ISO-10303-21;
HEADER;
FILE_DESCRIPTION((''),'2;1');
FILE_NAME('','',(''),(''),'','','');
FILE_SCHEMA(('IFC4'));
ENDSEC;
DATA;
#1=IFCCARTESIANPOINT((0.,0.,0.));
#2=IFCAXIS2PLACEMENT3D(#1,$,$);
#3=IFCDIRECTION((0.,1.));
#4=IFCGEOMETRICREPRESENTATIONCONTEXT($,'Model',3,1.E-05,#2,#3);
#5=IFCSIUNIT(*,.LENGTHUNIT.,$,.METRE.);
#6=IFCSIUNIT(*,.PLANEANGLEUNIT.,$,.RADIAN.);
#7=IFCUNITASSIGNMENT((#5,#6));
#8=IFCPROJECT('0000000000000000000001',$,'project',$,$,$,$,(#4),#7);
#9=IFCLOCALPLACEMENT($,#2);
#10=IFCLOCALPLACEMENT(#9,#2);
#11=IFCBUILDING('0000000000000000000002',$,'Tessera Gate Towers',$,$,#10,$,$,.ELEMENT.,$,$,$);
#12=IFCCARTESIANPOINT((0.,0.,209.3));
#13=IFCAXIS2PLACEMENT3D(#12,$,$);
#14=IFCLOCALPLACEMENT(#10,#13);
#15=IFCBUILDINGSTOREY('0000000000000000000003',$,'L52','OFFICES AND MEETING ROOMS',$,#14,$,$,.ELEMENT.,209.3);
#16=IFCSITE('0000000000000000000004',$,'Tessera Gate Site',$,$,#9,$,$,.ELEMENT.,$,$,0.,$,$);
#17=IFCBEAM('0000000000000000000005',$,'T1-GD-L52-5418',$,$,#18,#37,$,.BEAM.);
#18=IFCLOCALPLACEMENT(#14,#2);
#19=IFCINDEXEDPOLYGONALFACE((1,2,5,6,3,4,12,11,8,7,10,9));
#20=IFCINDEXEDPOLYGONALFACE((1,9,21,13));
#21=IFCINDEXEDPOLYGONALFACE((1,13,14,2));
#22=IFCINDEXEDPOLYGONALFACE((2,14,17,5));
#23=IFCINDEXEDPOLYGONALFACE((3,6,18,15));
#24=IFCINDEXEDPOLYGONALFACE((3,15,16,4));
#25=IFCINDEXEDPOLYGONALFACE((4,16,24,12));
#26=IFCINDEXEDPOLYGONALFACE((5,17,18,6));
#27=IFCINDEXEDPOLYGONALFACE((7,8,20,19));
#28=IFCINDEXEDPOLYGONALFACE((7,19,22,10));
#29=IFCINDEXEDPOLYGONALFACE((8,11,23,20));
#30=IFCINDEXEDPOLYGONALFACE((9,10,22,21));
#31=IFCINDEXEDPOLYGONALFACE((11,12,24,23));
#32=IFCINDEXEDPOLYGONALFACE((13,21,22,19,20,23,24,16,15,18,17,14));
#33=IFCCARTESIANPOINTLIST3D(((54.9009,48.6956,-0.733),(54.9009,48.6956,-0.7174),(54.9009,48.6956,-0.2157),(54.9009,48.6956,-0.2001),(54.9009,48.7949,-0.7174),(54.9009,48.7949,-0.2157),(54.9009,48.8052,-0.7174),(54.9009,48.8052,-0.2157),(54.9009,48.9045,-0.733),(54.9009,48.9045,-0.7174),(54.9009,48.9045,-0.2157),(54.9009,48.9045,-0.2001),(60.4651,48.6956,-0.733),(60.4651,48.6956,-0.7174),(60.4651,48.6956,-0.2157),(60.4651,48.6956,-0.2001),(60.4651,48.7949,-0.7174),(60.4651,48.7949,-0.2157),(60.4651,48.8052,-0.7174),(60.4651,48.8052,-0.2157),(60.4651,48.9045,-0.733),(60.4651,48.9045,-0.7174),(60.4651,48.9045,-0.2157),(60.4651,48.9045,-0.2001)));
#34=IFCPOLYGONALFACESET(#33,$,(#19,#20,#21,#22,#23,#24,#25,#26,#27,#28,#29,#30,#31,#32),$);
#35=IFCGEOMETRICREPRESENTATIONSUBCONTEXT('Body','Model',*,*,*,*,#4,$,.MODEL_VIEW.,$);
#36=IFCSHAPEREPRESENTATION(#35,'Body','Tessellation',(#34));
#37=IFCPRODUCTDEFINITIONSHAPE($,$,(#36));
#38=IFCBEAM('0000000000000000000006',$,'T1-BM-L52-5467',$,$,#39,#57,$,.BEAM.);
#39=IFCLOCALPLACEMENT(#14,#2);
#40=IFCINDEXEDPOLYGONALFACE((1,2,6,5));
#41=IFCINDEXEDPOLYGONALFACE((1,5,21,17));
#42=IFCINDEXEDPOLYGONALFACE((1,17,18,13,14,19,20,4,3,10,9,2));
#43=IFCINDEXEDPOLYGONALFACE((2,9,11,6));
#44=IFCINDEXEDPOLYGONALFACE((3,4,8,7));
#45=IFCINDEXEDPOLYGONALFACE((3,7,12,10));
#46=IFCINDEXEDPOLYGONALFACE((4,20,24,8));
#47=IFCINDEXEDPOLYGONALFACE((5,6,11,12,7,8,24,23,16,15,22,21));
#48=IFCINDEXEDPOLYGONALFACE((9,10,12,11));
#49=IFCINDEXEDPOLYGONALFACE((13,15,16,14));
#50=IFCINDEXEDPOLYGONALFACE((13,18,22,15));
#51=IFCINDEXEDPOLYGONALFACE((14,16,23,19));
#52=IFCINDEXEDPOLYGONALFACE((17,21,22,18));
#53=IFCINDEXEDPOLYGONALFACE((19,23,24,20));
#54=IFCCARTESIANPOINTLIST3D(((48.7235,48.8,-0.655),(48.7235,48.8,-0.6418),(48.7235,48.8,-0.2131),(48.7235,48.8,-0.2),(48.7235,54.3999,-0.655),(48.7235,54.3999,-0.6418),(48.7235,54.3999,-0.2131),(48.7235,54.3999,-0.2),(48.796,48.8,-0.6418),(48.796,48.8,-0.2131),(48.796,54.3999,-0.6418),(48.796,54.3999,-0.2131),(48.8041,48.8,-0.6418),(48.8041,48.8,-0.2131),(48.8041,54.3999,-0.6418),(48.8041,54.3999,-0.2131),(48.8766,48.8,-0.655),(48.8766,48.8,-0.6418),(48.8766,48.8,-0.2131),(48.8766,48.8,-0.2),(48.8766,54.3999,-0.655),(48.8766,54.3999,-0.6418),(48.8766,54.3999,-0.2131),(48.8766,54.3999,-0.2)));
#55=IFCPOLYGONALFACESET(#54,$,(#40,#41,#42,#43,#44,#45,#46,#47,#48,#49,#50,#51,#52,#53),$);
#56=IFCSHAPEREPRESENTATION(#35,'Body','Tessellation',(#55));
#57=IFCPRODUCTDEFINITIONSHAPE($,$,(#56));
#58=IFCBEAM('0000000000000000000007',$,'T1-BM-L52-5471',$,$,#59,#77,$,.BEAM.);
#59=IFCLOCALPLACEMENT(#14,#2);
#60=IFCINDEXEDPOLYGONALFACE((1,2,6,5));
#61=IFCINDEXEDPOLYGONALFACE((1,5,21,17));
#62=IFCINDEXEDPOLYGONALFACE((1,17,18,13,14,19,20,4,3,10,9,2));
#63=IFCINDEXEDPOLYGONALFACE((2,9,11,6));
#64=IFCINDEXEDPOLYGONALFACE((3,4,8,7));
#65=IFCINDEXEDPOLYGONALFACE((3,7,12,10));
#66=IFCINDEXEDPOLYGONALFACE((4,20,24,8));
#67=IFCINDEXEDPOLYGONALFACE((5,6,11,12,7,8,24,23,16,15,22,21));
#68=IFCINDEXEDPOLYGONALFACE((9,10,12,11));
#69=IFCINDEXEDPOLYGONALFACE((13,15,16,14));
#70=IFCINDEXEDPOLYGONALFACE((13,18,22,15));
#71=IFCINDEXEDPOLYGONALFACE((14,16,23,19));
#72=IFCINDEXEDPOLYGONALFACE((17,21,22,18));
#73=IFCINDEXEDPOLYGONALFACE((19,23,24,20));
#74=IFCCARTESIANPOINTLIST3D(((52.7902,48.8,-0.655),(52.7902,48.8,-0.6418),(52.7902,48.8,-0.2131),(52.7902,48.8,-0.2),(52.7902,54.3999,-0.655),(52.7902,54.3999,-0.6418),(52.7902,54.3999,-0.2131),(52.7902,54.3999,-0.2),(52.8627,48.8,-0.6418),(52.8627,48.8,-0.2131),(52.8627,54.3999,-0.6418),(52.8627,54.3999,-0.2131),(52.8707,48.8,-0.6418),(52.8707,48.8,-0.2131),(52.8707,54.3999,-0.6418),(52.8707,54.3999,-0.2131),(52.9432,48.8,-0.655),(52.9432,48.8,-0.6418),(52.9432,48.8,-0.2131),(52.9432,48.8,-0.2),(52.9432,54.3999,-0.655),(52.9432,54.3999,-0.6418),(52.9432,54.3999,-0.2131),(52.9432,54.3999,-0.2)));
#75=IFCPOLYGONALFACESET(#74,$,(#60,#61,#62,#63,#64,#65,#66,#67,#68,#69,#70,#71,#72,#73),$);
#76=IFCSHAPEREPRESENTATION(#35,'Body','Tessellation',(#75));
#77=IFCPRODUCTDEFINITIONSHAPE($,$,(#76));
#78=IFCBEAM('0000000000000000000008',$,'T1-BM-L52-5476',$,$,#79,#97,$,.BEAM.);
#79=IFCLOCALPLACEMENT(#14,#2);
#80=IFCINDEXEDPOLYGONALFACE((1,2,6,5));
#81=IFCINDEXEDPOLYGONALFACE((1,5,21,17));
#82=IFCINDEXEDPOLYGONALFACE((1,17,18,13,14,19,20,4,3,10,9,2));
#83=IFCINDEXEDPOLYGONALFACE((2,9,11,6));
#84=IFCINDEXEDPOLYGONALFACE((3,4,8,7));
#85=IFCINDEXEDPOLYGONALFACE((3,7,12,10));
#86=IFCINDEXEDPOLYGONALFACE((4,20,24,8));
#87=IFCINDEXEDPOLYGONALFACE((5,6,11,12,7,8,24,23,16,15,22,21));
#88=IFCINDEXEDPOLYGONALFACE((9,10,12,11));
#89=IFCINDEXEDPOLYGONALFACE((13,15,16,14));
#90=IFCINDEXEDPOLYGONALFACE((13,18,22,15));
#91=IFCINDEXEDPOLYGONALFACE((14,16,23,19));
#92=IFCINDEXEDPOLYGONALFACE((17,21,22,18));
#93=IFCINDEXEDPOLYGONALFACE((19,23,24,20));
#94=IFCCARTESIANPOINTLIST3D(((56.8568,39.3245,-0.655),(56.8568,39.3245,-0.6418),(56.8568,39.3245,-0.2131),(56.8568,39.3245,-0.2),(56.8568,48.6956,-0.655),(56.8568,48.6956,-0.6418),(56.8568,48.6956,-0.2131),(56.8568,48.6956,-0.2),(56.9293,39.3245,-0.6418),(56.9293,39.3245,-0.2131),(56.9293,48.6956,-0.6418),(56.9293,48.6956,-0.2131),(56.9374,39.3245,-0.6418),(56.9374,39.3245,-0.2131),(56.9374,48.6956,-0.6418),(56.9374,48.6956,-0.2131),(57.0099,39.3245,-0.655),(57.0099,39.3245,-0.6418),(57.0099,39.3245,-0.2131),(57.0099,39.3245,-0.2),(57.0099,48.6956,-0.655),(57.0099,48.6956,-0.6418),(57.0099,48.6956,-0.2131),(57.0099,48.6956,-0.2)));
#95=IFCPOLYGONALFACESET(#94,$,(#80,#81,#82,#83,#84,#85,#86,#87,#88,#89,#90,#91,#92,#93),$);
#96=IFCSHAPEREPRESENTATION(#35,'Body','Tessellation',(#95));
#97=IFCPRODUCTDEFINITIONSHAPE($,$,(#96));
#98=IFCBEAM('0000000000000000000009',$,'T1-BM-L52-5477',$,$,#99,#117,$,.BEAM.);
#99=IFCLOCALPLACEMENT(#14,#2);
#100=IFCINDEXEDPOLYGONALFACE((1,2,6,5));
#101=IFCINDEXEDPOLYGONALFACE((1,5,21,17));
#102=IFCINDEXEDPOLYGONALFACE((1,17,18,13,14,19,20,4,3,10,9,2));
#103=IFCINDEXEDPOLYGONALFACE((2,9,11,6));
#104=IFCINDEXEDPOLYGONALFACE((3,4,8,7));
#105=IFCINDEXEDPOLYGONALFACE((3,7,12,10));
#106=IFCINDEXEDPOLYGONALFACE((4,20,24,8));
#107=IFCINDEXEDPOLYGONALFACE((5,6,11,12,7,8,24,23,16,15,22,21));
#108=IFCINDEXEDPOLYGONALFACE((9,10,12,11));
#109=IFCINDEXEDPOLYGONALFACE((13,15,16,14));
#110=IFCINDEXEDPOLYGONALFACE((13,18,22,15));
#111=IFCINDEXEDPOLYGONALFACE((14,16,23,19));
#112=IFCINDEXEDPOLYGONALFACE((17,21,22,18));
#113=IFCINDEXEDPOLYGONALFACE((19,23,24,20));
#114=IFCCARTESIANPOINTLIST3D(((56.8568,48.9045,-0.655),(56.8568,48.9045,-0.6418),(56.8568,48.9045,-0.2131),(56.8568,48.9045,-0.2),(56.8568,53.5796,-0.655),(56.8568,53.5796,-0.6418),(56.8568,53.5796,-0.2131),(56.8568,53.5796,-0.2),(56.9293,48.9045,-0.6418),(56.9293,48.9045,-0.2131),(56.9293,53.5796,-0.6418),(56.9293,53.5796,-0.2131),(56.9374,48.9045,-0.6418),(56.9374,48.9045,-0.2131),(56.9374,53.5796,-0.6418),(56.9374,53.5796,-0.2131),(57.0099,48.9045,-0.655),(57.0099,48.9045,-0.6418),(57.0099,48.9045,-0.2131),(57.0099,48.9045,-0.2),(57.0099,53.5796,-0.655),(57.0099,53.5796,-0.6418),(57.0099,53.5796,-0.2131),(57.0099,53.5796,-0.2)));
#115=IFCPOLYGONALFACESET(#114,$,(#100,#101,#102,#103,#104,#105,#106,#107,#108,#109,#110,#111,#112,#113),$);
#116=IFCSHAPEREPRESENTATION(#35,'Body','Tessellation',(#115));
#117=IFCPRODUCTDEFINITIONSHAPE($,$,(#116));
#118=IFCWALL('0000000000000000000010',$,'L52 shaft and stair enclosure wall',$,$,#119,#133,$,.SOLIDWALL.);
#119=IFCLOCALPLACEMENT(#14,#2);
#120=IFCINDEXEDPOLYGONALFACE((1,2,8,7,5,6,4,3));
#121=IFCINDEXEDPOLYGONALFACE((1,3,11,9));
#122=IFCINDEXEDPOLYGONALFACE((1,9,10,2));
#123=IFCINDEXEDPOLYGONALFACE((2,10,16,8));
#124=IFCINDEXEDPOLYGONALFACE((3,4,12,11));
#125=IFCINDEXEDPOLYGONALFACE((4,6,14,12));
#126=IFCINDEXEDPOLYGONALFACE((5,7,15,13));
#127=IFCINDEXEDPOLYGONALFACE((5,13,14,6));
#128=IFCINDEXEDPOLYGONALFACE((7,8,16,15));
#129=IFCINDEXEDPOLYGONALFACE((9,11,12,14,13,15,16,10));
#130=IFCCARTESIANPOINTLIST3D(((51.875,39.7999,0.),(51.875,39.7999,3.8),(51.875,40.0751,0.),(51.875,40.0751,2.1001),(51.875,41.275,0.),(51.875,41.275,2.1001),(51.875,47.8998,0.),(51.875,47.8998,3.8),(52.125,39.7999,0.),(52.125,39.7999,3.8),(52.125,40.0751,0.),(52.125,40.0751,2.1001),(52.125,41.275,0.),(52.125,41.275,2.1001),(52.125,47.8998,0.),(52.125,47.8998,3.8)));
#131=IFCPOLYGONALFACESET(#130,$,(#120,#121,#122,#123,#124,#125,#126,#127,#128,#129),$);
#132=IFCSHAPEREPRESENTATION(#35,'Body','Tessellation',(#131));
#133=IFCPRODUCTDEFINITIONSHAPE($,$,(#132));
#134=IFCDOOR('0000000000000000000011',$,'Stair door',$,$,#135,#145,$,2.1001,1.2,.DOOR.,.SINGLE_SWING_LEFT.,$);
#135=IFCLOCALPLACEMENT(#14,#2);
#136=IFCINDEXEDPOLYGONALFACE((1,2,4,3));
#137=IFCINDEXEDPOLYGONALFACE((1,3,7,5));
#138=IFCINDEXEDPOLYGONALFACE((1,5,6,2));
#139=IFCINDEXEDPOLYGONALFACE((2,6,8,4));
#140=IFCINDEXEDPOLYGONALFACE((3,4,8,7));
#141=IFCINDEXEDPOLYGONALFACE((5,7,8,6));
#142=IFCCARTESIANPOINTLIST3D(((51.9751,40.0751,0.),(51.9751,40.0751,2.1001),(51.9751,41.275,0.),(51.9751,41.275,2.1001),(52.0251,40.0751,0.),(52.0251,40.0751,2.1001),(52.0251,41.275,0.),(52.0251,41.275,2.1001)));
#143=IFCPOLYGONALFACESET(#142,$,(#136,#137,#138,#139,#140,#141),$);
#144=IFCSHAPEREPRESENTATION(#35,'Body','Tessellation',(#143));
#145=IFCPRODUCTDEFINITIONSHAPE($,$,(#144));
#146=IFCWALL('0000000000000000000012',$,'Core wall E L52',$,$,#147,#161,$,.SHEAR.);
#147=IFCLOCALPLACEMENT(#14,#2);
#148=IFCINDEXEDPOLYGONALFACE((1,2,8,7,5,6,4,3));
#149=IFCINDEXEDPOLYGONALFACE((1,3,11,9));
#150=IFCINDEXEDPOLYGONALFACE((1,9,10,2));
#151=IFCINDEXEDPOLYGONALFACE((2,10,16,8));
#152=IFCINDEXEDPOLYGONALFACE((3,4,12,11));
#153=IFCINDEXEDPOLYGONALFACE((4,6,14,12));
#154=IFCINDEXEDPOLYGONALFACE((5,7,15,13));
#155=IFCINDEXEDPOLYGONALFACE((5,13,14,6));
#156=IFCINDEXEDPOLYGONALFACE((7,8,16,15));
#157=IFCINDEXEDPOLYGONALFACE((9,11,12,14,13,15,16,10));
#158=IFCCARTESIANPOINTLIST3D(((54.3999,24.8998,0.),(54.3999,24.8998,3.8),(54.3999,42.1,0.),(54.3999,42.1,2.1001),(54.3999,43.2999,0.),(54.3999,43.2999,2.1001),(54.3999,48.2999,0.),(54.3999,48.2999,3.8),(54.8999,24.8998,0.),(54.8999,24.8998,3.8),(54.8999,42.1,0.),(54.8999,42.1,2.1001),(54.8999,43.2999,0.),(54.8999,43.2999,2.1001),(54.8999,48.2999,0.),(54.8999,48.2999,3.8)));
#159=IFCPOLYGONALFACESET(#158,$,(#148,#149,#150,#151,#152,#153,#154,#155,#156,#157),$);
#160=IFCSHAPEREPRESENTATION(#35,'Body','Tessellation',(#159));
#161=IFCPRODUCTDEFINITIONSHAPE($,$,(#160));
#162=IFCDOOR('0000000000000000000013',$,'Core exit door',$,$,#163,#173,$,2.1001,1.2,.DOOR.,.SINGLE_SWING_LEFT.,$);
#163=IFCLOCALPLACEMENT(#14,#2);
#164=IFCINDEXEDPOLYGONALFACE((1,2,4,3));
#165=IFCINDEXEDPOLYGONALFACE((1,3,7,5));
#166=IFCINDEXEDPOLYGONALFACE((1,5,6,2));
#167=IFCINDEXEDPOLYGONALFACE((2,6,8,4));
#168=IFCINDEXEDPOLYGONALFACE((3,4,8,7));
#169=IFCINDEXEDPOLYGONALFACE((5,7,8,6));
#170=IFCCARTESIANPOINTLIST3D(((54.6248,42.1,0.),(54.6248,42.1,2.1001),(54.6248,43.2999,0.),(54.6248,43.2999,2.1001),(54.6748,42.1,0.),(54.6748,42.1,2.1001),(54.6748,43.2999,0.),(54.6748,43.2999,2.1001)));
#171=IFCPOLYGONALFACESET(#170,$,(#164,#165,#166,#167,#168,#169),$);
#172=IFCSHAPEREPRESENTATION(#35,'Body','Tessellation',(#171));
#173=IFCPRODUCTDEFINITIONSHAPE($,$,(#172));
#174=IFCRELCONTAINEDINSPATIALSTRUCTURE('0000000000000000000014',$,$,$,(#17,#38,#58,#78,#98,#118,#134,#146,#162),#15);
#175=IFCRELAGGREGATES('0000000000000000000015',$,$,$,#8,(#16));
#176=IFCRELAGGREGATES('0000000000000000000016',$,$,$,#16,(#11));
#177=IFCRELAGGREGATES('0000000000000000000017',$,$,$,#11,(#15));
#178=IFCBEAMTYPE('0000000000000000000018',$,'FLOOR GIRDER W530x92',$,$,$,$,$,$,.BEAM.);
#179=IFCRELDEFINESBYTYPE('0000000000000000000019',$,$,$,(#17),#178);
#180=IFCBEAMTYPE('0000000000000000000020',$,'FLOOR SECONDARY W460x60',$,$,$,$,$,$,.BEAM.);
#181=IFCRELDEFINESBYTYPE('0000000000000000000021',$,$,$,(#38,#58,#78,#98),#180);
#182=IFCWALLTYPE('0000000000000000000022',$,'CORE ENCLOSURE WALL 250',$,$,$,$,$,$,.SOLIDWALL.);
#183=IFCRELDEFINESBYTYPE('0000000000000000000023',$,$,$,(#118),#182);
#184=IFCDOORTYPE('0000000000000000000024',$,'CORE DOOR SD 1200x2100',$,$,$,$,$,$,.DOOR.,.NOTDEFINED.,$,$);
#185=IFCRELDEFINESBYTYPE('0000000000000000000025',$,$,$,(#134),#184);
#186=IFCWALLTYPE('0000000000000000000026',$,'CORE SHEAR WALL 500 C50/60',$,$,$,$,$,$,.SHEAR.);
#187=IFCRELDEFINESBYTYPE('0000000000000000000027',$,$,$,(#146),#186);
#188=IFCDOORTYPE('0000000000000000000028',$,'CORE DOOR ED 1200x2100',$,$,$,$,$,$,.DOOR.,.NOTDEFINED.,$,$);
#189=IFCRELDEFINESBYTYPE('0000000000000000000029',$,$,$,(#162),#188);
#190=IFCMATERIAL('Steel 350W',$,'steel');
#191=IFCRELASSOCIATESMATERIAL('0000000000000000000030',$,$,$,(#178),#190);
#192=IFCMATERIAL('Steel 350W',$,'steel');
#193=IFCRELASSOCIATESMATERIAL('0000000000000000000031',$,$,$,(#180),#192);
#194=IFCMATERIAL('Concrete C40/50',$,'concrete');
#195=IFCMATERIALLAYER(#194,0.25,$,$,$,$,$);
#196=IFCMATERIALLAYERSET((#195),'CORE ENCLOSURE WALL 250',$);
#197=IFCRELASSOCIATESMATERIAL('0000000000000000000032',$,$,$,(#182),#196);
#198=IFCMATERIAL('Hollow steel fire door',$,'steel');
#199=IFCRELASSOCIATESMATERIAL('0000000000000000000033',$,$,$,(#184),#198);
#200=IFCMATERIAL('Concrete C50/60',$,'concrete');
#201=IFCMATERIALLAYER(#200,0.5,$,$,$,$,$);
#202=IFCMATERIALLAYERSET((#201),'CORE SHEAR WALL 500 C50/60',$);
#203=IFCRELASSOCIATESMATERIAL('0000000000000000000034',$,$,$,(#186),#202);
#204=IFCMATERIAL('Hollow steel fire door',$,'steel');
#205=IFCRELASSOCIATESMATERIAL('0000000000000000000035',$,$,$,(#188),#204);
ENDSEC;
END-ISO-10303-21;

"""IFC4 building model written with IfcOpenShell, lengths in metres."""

from ifc_helpers import new_model, si_unit, direction, frame, frame_2d, origin, origin_2d, place, context, subcontext, project, spatial, rectangle, i_section, extrude, source, transform, mapped, material, layer, layer_set, material_profile, profile_set, type_object, element, fill, save


model = new_model("IFC4")

# Units and contexts
model_context = context("Model", 3, precision=1e-05, world=origin(), true_north=direction((0.0, 1.0)))
body_context = subcontext(model_context, "Body", "Model", "MODEL_VIEW")
ifc_project = project(units=[si_unit("LENGTHUNIT", "METRE"), si_unit("PLANEANGLEUNIT", "RADIAN")], contexts=[model_context])

# Site, building, storey
site_placement = place(None, origin())
site = spatial("IfcSite", under=ifc_project, at=site_placement, Name="Tessera Gate Site", CompositionType="ELEMENT", RefElevation=0.0)
building_placement = place(site_placement, origin())
building = spatial("IfcBuilding", under=site, at=building_placement, Name="Tessera Gate Towers", CompositionType="ELEMENT")
storey_placement = place(building_placement, frame((0.0, 0.0, 209.3)))
storey = spatial("IfcBuildingStorey", under=building, at=storey_placement, Name="L52", Description="OFFICES AND MEETING ROOMS", CompositionType="ELEMENT", Elevation=209.3)

# Beams
ifc_material_1 = material(Name="Steel 350W", Category="steel")
ifc_material_profile_1 = material_profile(ifc_material_1, i_section(OverallWidth=0.209, OverallDepth=0.533, WebThickness=0.0103, FlangeThickness=0.0156, at=origin_2d()), Name="W530x92")
ifc_profile_set_1 = profile_set([ifc_material_profile_1], Name="Steel 350W")
beam_type_1 = type_object("IfcBeamType", Name="FLOOR GIRDER W530x92", PredefinedType="BEAM", material=ifc_profile_set_1)
beam_1_placement = place(storey_placement, frame((54.9009, 48.8, -0.4666), z_axis=(1.0, 0.0, 0.0), x_axis=(0.0, 1.0, 0.0)))
element("IfcBeam", 1, at=beam_1_placement, inside=storey, type_object=beam_type_1, Name="T1-GD-L52-5418", PredefinedType="BEAM", context=body_context, shape_type="SweptSolid", body=[
    extrude(i_section(OverallWidth=0.209, OverallDepth=0.533, WebThickness=0.0103, FlangeThickness=0.0156, at=origin_2d()), origin(), (0.0, 0.0, 1.0), 5.5642),
])
ifc_material_2 = material(Name="Steel 350W", Category="steel")
ifc_material_profile_2 = material_profile(ifc_material_2, i_section(OverallWidth=0.1531, OverallDepth=0.4551, WebThickness=0.0081, FlangeThickness=0.0132, at=origin_2d()), Name="W460x60")
ifc_profile_set_2 = profile_set([ifc_material_profile_2], Name="Steel 350W")
beam_type_2 = type_object("IfcBeamType", Name="FLOOR SECONDARY W460x60", PredefinedType="BEAM", material=ifc_profile_set_2)
for number, where, z_axis, x_axis, name in (
    (2, (48.8, 48.8, -0.4275), (0.0, 1.0, 0.0), (-1.0, 0.0, 0.0), "T1-BM-L52-5467"),
    (3, (52.8667, 48.8, -0.4275), (0.0, 1.0, 0.0), (-1.0, 0.0, 0.0), "T1-BM-L52-5471"),
):
    element("IfcBeam", number, at=place(storey_placement, frame(where, z_axis=z_axis, x_axis=x_axis)), inside=storey, type_object=beam_type_2, Name=name, PredefinedType="BEAM", context=body_context, shape_type="SweptSolid", body=[
        extrude(i_section(OverallWidth=0.1531, OverallDepth=0.4551, WebThickness=0.0081, FlangeThickness=0.0132, at=origin_2d()), origin(), (0.0, 0.0, 1.0), 5.5999),
    ])
beam_2_placement = place(storey_placement, frame((56.9333, 39.3245, -0.4275), z_axis=(0.0, 1.0, 0.0), x_axis=(-1.0, 0.0, 0.0)))
element("IfcBeam", 4, at=beam_2_placement, inside=storey, type_object=beam_type_2, Name="T1-BM-L52-5476", PredefinedType="BEAM", context=body_context, shape_type="SweptSolid", body=[
    extrude(i_section(OverallWidth=0.1531, OverallDepth=0.4551, WebThickness=0.0081, FlangeThickness=0.0132, at=origin_2d()), origin(), (0.0, 0.0, 1.0), 9.3711),
])
beam_3_placement = place(storey_placement, frame((56.9333, 48.9045, -0.4275), z_axis=(0.0, 1.0, 0.0), x_axis=(-1.0, 0.0, 0.0)))
element("IfcBeam", 5, at=beam_3_placement, inside=storey, type_object=beam_type_2, Name="T1-BM-L52-5477", PredefinedType="BEAM", context=body_context, shape_type="SweptSolid", body=[
    extrude(i_section(OverallWidth=0.1531, OverallDepth=0.4551, WebThickness=0.0081, FlangeThickness=0.0132, at=origin_2d()), origin(), (0.0, 0.0, 1.0), 4.675),
])

# Walls, openings, doors
ifc_material_3 = material(Name="Concrete C40/50", Category="concrete")
ifc_layer_1 = layer(ifc_material_3, 0.25)
ifc_layer_set_1 = layer_set([ifc_layer_1], Name="CORE ENCLOSURE WALL 250")
wall_type_1 = type_object("IfcWallType", Name="CORE ENCLOSURE WALL 250", PredefinedType="SOLIDWALL", material=ifc_layer_set_1)
wall_1_placement = place(storey_placement, frame((52.0, 39.8, 0.0), z_axis=(0.0, 0.0, 1.0), x_axis=(0.0, 1.0, 0.0)))
wall_1 = element("IfcWall", 6, at=wall_1_placement, inside=storey, type_object=wall_type_1, Name="L52 shaft and stair enclosure wall", PredefinedType="SOLIDWALL", context=body_context, shape_type="SweptSolid", body=[
    extrude(rectangle(XDim=8.0999, YDim=0.25, at=frame_2d((4.0498, 0.0))), origin(), (0.0, 0.0, 1.0), 3.8),
])
shared_shape_1 = source(origin(), body_context, "Body", "SweptSolid", [
    extrude(rectangle(XDim=1.2, YDim=2.1001, at=frame_2d((0.6001, 1.05))), frame((0.0, 0.135, 0.0), z_axis=(0.0, -1.0, 0.0), x_axis=(1.0, 0.0, 0.0)), (0.0, 0.0, 1.0), 0.27),
])
opening_1_placement = place(wall_1_placement, frame((0.2749, 0.0, 0.0)))
opening_1 = element("IfcOpeningElement", 7, at=opening_1_placement, cuts=wall_1, PredefinedType="OPENING", context=body_context, shape_type="MappedRepresentation", body=[
    mapped(shared_shape_1, transform((0.0, 0.0, 0.0), scale=1.0)),
])
ifc_material_4 = material(Name="Hollow steel fire door", Category="steel")
door_type_1 = type_object("IfcDoorType", Name="CORE DOOR SD 1200x2100", OperationType="NOTDEFINED", PredefinedType="DOOR", material=ifc_material_4)
shared_shape_2 = source(origin(), body_context, "Body", "SweptSolid", [
    extrude(rectangle(XDim=1.2, YDim=2.1001, at=frame_2d((0.6001, 1.05))), frame((0.0, 0.0249, 0.0), z_axis=(0.0, -1.0, 0.0), x_axis=(1.0, 0.0, 0.0)), (0.0, 0.0, 1.0), 0.05),
])
door_1_placement = place(opening_1_placement, origin())
door_1 = element("IfcDoor", 8, at=door_1_placement, inside=storey, type_object=door_type_1, Name="Stair door", OperationType="SINGLE_SWING_LEFT", OverallHeight=2.1001, OverallWidth=1.2, PredefinedType="DOOR", context=body_context, shape_type="MappedRepresentation", body=[
    mapped(shared_shape_2, transform((0.0, 0.0, 0.0), scale=1.0)),
])
fill(opening_1, door_1)
ifc_material_5 = material(Name="Concrete C50/60", Category="concrete")
ifc_layer_2 = layer(ifc_material_5, 0.5)
ifc_layer_set_2 = layer_set([ifc_layer_2], Name="CORE SHEAR WALL 500 C50/60")
wall_type_2 = type_object("IfcWallType", Name="CORE SHEAR WALL 500 C50/60", PredefinedType="SHEAR", material=ifc_layer_set_2)
wall_2_placement = place(storey_placement, frame((54.6499, 48.3, 0.0), z_axis=(0.0, 0.0, 1.0), x_axis=(0.0, -1.0, 0.0)))
wall_2 = element("IfcWall", 9, at=wall_2_placement, inside=storey, type_object=wall_type_2, Name="Core wall E L52", PredefinedType="SHEAR", context=body_context, shape_type="SweptSolid", body=[
    extrude(rectangle(XDim=23.4001, YDim=0.5, at=frame_2d((11.7002, 0.0))), origin(), (0.0, 0.0, 1.0), 3.8),
])
shared_shape_3 = source(origin(), body_context, "Body", "SweptSolid", [
    extrude(rectangle(XDim=1.2, YDim=2.1001, at=frame_2d((0.6001, 1.05))), frame((0.0, 0.26, 0.0), z_axis=(0.0, -1.0, 0.0), x_axis=(1.0, 0.0, 0.0)), (0.0, 0.0, 1.0), 0.52),
])
opening_2_placement = place(wall_2_placement, frame((5.0, 0.0, 0.0)))
opening_2 = element("IfcOpeningElement", 10, at=opening_2_placement, cuts=wall_2, PredefinedType="OPENING", context=body_context, shape_type="MappedRepresentation", body=[
    mapped(shared_shape_3, transform((0.0, 0.0, 0.0), scale=1.0)),
])
ifc_material_6 = material(Name="Hollow steel fire door", Category="steel")
door_type_2 = type_object("IfcDoorType", Name="CORE DOOR ED 1200x2100", OperationType="NOTDEFINED", PredefinedType="DOOR", material=ifc_material_6)
door_2_placement = place(opening_2_placement, origin())
door_2 = element("IfcDoor", 11, at=door_2_placement, inside=storey, type_object=door_type_2, Name="Core exit door", OperationType="SINGLE_SWING_LEFT", OverallHeight=2.1001, OverallWidth=1.2, PredefinedType="DOOR", context=body_context, shape_type="MappedRepresentation", body=[
    mapped(shared_shape_2, transform((0.0, 0.0, 0.0), scale=1.0)),
])
fill(opening_2, door_2)

save(model, "model.ifc")
